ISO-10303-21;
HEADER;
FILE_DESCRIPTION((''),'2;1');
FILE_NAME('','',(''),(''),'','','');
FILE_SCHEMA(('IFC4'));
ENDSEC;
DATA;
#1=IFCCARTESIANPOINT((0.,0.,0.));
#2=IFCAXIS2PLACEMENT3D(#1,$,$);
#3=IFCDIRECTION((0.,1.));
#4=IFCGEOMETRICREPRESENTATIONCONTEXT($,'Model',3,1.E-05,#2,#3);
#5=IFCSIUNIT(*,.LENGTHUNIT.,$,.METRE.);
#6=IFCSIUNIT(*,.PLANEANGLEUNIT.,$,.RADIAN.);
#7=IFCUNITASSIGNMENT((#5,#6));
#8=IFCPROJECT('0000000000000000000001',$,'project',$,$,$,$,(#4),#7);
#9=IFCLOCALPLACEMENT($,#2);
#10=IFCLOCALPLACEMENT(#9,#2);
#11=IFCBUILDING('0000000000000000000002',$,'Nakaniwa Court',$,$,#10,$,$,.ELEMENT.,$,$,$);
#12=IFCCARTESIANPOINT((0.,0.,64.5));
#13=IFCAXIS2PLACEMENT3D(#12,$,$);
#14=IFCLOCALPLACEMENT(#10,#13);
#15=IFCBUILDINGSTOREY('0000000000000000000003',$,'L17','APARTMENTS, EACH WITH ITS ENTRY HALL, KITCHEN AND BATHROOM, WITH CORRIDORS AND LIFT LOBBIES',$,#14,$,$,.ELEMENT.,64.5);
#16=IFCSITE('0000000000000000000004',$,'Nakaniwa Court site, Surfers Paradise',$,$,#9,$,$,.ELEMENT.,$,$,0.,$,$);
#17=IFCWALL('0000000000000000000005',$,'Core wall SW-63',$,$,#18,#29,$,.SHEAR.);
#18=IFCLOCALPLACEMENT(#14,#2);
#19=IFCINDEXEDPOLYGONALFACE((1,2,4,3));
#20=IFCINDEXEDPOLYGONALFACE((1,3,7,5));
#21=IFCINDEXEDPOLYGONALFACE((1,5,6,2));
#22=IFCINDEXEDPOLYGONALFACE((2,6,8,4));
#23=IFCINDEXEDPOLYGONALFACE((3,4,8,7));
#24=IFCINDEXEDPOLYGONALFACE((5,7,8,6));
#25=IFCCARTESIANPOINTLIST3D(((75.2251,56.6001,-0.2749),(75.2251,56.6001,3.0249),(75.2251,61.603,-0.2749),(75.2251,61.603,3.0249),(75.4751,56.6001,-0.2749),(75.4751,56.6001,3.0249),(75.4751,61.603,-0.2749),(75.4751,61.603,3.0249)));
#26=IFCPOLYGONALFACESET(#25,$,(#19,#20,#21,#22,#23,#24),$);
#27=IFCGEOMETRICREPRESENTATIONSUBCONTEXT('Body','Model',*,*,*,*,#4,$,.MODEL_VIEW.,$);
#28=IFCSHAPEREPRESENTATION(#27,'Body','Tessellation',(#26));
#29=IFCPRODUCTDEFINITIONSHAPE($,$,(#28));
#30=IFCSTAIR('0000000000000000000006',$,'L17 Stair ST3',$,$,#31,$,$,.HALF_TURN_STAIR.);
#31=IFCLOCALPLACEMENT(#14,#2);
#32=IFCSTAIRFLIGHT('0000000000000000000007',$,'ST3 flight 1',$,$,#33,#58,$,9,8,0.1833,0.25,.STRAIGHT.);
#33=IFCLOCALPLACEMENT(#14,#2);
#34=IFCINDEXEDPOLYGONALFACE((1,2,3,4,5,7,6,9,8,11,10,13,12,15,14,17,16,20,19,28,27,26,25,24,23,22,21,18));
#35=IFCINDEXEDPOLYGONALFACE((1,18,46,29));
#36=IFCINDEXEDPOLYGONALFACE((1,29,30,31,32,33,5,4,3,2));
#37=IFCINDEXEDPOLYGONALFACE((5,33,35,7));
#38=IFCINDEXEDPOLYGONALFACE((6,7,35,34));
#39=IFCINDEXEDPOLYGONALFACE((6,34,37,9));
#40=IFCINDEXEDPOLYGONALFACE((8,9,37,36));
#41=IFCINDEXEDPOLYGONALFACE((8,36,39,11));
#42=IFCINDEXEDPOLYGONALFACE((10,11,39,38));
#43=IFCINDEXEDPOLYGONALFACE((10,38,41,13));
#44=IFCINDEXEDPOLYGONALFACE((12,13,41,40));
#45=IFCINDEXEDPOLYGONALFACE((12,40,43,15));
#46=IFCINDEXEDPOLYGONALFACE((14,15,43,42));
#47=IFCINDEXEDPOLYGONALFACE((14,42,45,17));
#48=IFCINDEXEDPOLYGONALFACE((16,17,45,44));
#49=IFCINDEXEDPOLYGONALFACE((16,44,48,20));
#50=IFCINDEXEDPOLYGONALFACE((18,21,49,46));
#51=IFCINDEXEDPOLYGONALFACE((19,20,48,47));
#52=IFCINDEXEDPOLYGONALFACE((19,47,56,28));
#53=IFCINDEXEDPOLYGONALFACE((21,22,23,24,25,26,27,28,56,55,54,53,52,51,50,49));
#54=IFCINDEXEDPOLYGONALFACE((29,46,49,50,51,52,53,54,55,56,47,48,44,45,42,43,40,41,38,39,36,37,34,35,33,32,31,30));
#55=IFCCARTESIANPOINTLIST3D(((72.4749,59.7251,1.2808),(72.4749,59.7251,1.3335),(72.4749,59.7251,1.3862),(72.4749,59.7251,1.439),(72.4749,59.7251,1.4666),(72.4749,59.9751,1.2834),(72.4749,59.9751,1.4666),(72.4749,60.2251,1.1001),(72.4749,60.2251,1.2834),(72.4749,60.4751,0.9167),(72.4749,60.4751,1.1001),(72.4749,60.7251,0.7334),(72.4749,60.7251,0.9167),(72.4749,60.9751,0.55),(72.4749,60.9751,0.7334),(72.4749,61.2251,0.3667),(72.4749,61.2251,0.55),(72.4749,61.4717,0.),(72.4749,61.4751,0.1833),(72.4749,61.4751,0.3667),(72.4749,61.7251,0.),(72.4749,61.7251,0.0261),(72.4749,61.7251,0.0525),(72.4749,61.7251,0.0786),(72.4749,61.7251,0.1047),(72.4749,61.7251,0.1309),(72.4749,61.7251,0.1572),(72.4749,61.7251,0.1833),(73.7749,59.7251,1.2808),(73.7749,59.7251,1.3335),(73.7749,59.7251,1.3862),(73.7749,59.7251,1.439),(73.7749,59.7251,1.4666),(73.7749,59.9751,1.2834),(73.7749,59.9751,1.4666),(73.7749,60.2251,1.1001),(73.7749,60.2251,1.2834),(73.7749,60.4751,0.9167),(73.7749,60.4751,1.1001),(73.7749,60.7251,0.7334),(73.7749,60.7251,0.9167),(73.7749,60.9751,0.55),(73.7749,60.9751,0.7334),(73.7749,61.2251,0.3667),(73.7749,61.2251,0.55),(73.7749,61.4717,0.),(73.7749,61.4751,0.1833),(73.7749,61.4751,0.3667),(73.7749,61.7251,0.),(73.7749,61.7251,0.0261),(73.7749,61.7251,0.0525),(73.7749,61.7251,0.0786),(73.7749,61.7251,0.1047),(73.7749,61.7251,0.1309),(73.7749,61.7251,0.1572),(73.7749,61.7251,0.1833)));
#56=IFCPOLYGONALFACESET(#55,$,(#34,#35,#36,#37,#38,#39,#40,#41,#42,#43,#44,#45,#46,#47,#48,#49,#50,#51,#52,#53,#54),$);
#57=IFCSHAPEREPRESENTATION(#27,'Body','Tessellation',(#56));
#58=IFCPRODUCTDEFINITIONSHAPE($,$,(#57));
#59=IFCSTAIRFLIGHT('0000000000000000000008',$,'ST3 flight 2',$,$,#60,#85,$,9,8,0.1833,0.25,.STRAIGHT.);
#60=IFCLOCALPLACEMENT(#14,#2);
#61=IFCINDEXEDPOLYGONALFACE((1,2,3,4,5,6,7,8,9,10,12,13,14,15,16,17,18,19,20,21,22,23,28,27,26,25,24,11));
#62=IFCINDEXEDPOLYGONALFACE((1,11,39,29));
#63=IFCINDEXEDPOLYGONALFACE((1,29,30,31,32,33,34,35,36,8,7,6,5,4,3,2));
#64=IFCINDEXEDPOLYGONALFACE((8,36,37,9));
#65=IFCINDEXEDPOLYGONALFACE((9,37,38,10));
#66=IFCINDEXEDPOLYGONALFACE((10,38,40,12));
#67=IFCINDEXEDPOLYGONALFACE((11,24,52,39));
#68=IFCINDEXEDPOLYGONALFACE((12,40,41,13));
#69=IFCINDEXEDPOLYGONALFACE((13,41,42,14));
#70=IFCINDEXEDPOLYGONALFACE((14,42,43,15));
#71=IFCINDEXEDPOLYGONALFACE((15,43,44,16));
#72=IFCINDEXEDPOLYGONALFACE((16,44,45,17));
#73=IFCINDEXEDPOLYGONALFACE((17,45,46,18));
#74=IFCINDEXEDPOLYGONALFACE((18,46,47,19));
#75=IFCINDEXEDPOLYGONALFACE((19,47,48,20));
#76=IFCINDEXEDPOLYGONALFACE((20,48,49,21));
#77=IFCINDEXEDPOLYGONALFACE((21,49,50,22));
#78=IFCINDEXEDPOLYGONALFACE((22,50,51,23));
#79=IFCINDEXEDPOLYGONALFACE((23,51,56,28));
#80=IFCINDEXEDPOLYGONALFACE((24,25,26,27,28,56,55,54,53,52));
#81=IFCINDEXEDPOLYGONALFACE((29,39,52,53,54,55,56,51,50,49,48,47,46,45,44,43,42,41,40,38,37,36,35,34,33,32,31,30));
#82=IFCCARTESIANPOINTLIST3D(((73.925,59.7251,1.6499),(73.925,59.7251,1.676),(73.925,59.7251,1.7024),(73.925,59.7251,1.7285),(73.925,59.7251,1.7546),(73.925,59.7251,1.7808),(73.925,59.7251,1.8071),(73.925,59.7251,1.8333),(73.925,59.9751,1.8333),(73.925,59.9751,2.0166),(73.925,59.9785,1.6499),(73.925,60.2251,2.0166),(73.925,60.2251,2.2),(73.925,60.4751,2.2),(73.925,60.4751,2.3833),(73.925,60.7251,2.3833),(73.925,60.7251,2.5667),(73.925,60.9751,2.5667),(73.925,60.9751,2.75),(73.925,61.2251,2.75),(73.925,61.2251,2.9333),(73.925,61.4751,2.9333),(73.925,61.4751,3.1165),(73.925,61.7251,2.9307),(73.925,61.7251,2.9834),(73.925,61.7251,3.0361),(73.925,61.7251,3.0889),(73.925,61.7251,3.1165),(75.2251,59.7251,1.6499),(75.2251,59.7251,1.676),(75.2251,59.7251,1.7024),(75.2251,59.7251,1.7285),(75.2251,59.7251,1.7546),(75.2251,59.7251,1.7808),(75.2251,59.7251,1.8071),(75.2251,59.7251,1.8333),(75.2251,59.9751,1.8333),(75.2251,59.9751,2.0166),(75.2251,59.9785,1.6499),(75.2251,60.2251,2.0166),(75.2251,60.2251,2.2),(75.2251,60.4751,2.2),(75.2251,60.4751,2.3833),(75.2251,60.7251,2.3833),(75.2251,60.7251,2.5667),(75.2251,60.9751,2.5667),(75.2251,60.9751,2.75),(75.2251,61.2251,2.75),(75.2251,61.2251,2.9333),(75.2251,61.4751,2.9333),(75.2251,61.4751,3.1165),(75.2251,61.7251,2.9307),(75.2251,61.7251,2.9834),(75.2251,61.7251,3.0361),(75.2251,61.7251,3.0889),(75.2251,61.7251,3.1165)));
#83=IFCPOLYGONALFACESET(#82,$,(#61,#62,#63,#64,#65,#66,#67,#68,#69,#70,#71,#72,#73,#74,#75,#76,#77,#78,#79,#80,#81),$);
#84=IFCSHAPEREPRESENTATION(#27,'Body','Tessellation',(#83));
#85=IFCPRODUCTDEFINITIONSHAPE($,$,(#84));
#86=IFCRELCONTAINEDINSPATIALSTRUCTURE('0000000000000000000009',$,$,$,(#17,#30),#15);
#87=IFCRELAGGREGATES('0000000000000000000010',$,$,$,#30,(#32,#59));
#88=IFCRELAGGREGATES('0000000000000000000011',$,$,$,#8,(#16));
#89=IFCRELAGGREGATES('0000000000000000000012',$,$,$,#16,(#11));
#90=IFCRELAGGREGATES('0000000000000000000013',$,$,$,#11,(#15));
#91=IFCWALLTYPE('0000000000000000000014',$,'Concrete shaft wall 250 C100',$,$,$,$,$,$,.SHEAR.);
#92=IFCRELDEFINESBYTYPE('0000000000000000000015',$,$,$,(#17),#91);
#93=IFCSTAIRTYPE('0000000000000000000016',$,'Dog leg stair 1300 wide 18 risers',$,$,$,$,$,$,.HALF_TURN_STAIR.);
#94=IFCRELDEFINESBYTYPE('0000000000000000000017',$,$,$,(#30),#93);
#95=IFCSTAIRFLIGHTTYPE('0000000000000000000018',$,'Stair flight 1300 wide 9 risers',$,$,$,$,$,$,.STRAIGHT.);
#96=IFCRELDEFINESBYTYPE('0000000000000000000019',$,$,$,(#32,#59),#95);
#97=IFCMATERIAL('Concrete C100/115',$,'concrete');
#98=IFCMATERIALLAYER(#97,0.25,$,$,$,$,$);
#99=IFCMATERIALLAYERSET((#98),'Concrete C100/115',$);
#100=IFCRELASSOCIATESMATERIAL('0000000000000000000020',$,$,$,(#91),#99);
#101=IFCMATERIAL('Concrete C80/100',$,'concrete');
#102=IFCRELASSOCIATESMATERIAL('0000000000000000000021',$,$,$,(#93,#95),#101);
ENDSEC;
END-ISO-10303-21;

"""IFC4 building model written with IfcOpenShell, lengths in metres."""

from ifc_helpers import new_model, si_unit, direction, frame, frame_2d, origin, place, context, subcontext, project, spatial, polyline, rectangle, outline, extrude, material, layer, layer_set, type_object, element, aggregate, save


model = new_model("IFC4")

# Units and contexts
model_context = context("Model", 3, precision=1e-05, world=origin(), true_north=direction((0.0, 1.0)))
body_context = subcontext(model_context, "Body", "Model", "MODEL_VIEW")
ifc_project = project(units=[si_unit("LENGTHUNIT", "METRE"), si_unit("PLANEANGLEUNIT", "RADIAN")], contexts=[model_context])

# Site, building, storey
site_placement = place(None, origin())
site = spatial("IfcSite", under=ifc_project, at=site_placement, Name="Nakaniwa Court site, Surfers Paradise", CompositionType="ELEMENT", RefElevation=0.0)
building_placement = place(site_placement, origin())
building = spatial("IfcBuilding", under=site, at=building_placement, Name="Nakaniwa Court", CompositionType="ELEMENT")
storey_placement = place(building_placement, frame((0.0, 0.0, 64.5)))
storey = spatial("IfcBuildingStorey", under=building, at=storey_placement, Name="L17", Description="APARTMENTS, EACH WITH ITS ENTRY HALL, KITCHEN AND BATHROOM, WITH CORRIDORS AND LIFT LOBBIES", CompositionType="ELEMENT", Elevation=64.5)

# Shared definitions
ifc_material_1 = material(Name="Concrete C80/100", Category="concrete")

# Shared definitions
ifc_material_2 = material(Name="Concrete C100/115", Category="concrete")

# Wall
ifc_layer_1 = layer(ifc_material_2, 0.25)
ifc_layer_set_1 = layer_set([ifc_layer_1], Name="Concrete C100/115")
wall_type_1 = type_object("IfcWallType", Name="Concrete shaft wall 250 C100", PredefinedType="SHEAR", material=ifc_layer_set_1)
wall_1_placement = place(storey_placement, frame((75.3501, 56.6001, -0.2749), z_axis=(0.0, 0.0, 1.0), x_axis=(0.0, 1.0, 0.0)))
element("IfcWall", 1, at=wall_1_placement, inside=storey, type_object=wall_type_1, Name="Core wall SW-63", PredefinedType="SHEAR", context=body_context, shape_type="SweptSolid", body=[
    extrude(rectangle(XDim=5.0029, YDim=0.25, at=frame_2d((2.5015, 0.0))), origin(), (0.0, 0.0, 1.0), 3.2998),
])

# Stair, stair flights
stair_type = type_object("IfcStairType", Name="Dog leg stair 1300 wide 18 risers", PredefinedType="HALF_TURN_STAIR", material=ifc_material_1)
stair_placement = place(storey_placement, origin())
stair = element("IfcStair", 2, at=stair_placement, inside=storey, type_object=stair_type, Name="L17 Stair ST3", PredefinedType="HALF_TURN_STAIR")
stair_flight_type = type_object("IfcStairFlightType", Name="Stair flight 1300 wide 9 risers", PredefinedType="STRAIGHT", material=ifc_material_1)
stair_flight_1_placement = place(storey_placement, frame((73.125, 61.7251, 0.0), z_axis=(0.0, 0.0, 1.0), x_axis=(0.0, -1.0, 0.0)))
stair_flight_1 = element("IfcStairFlight", 3, at=stair_flight_1_placement, type_object=stair_flight_type, Name="ST3 flight 1", NumberOfRisers=9, NumberOfTreads=8, PredefinedType="STRAIGHT", RiserHeight=0.1833, TreadLength=0.25, context=body_context, shape_type="SweptSolid", body=[
    extrude(outline(polyline([(0.0, 0.0), (0.0, 0.0261), (0.0, 0.0525), (0.0, 0.0786), (0.0, 0.1047), (0.0, 0.1309), (0.0, 0.1572), (0.0, 0.1833), (0.25, 0.1833), (0.25, 0.3667), (0.5, 0.3667), (0.5, 0.55), (0.75, 0.55), (0.75, 0.7334), (1.0, 0.7334), (1.0, 0.9167), (1.25, 0.9167), (1.25, 1.1001), (1.5, 1.1001), (1.5, 1.2834), (1.75, 1.2834), (1.75, 1.4666), (2.0, 1.4666), (2.0, 1.6499), (2.0, 1.5972), (2.0, 1.5444), (2.0, 1.4917), (2.0, 1.439), (2.0, 1.3862), (2.0, 1.3335), (2.0, 1.2808), (0.2534, 0.0), (0.0, 0.0)])), frame((0.0, 0.6499, 0.0), z_axis=(0.0, -1.0, 0.0), x_axis=(1.0, 0.0, 0.0)), (0.0, 0.0, 1.0), 1.3),
])
stair_flight_2_placement = place(storey_placement, frame((74.575, 59.7251, 1.6499), z_axis=(0.0, 0.0, 1.0), x_axis=(0.0, 1.0, 0.0)))
stair_flight_2 = element("IfcStairFlight", 4, at=stair_flight_2_placement, type_object=stair_flight_type, Name="ST3 flight 2", NumberOfRisers=9, NumberOfTreads=8, PredefinedType="STRAIGHT", RiserHeight=0.1833, TreadLength=0.25, context=body_context, shape_type="SweptSolid", body=[
    extrude(outline(polyline([(0.0, 0.0), (0.0, 0.0261), (0.0, 0.0525), (0.0, 0.0786), (0.0, 0.1047), (0.0, 0.1309), (0.0, 0.1572), (0.0, 0.1833), (0.25, 0.1833), (0.25, 0.3667), (0.5, 0.3667), (0.5, 0.55), (0.75, 0.55), (0.75, 0.7334), (1.0, 0.7334), (1.0, 0.9167), (1.25, 0.9167), (1.25, 1.1001), (1.5, 1.1001), (1.5, 1.2834), (1.75, 1.2834), (1.75, 1.4666), (2.0, 1.4666), (2.0, 1.6499), (2.0, 1.5972), (2.0, 1.5444), (2.0, 1.4917), (2.0, 1.439), (2.0, 1.3862), (2.0, 1.3335), (2.0, 1.2808), (0.2534, 0.0), (0.0, 0.0)])), frame((0.0, 0.6499, 0.0), z_axis=(0.0, -1.0, 0.0), x_axis=(1.0, 0.0, 0.0)), (0.0, 0.0, 1.0), 1.3),
])
aggregate(stair, [stair_flight_1, stair_flight_2])

save(model, "model.ifc")
